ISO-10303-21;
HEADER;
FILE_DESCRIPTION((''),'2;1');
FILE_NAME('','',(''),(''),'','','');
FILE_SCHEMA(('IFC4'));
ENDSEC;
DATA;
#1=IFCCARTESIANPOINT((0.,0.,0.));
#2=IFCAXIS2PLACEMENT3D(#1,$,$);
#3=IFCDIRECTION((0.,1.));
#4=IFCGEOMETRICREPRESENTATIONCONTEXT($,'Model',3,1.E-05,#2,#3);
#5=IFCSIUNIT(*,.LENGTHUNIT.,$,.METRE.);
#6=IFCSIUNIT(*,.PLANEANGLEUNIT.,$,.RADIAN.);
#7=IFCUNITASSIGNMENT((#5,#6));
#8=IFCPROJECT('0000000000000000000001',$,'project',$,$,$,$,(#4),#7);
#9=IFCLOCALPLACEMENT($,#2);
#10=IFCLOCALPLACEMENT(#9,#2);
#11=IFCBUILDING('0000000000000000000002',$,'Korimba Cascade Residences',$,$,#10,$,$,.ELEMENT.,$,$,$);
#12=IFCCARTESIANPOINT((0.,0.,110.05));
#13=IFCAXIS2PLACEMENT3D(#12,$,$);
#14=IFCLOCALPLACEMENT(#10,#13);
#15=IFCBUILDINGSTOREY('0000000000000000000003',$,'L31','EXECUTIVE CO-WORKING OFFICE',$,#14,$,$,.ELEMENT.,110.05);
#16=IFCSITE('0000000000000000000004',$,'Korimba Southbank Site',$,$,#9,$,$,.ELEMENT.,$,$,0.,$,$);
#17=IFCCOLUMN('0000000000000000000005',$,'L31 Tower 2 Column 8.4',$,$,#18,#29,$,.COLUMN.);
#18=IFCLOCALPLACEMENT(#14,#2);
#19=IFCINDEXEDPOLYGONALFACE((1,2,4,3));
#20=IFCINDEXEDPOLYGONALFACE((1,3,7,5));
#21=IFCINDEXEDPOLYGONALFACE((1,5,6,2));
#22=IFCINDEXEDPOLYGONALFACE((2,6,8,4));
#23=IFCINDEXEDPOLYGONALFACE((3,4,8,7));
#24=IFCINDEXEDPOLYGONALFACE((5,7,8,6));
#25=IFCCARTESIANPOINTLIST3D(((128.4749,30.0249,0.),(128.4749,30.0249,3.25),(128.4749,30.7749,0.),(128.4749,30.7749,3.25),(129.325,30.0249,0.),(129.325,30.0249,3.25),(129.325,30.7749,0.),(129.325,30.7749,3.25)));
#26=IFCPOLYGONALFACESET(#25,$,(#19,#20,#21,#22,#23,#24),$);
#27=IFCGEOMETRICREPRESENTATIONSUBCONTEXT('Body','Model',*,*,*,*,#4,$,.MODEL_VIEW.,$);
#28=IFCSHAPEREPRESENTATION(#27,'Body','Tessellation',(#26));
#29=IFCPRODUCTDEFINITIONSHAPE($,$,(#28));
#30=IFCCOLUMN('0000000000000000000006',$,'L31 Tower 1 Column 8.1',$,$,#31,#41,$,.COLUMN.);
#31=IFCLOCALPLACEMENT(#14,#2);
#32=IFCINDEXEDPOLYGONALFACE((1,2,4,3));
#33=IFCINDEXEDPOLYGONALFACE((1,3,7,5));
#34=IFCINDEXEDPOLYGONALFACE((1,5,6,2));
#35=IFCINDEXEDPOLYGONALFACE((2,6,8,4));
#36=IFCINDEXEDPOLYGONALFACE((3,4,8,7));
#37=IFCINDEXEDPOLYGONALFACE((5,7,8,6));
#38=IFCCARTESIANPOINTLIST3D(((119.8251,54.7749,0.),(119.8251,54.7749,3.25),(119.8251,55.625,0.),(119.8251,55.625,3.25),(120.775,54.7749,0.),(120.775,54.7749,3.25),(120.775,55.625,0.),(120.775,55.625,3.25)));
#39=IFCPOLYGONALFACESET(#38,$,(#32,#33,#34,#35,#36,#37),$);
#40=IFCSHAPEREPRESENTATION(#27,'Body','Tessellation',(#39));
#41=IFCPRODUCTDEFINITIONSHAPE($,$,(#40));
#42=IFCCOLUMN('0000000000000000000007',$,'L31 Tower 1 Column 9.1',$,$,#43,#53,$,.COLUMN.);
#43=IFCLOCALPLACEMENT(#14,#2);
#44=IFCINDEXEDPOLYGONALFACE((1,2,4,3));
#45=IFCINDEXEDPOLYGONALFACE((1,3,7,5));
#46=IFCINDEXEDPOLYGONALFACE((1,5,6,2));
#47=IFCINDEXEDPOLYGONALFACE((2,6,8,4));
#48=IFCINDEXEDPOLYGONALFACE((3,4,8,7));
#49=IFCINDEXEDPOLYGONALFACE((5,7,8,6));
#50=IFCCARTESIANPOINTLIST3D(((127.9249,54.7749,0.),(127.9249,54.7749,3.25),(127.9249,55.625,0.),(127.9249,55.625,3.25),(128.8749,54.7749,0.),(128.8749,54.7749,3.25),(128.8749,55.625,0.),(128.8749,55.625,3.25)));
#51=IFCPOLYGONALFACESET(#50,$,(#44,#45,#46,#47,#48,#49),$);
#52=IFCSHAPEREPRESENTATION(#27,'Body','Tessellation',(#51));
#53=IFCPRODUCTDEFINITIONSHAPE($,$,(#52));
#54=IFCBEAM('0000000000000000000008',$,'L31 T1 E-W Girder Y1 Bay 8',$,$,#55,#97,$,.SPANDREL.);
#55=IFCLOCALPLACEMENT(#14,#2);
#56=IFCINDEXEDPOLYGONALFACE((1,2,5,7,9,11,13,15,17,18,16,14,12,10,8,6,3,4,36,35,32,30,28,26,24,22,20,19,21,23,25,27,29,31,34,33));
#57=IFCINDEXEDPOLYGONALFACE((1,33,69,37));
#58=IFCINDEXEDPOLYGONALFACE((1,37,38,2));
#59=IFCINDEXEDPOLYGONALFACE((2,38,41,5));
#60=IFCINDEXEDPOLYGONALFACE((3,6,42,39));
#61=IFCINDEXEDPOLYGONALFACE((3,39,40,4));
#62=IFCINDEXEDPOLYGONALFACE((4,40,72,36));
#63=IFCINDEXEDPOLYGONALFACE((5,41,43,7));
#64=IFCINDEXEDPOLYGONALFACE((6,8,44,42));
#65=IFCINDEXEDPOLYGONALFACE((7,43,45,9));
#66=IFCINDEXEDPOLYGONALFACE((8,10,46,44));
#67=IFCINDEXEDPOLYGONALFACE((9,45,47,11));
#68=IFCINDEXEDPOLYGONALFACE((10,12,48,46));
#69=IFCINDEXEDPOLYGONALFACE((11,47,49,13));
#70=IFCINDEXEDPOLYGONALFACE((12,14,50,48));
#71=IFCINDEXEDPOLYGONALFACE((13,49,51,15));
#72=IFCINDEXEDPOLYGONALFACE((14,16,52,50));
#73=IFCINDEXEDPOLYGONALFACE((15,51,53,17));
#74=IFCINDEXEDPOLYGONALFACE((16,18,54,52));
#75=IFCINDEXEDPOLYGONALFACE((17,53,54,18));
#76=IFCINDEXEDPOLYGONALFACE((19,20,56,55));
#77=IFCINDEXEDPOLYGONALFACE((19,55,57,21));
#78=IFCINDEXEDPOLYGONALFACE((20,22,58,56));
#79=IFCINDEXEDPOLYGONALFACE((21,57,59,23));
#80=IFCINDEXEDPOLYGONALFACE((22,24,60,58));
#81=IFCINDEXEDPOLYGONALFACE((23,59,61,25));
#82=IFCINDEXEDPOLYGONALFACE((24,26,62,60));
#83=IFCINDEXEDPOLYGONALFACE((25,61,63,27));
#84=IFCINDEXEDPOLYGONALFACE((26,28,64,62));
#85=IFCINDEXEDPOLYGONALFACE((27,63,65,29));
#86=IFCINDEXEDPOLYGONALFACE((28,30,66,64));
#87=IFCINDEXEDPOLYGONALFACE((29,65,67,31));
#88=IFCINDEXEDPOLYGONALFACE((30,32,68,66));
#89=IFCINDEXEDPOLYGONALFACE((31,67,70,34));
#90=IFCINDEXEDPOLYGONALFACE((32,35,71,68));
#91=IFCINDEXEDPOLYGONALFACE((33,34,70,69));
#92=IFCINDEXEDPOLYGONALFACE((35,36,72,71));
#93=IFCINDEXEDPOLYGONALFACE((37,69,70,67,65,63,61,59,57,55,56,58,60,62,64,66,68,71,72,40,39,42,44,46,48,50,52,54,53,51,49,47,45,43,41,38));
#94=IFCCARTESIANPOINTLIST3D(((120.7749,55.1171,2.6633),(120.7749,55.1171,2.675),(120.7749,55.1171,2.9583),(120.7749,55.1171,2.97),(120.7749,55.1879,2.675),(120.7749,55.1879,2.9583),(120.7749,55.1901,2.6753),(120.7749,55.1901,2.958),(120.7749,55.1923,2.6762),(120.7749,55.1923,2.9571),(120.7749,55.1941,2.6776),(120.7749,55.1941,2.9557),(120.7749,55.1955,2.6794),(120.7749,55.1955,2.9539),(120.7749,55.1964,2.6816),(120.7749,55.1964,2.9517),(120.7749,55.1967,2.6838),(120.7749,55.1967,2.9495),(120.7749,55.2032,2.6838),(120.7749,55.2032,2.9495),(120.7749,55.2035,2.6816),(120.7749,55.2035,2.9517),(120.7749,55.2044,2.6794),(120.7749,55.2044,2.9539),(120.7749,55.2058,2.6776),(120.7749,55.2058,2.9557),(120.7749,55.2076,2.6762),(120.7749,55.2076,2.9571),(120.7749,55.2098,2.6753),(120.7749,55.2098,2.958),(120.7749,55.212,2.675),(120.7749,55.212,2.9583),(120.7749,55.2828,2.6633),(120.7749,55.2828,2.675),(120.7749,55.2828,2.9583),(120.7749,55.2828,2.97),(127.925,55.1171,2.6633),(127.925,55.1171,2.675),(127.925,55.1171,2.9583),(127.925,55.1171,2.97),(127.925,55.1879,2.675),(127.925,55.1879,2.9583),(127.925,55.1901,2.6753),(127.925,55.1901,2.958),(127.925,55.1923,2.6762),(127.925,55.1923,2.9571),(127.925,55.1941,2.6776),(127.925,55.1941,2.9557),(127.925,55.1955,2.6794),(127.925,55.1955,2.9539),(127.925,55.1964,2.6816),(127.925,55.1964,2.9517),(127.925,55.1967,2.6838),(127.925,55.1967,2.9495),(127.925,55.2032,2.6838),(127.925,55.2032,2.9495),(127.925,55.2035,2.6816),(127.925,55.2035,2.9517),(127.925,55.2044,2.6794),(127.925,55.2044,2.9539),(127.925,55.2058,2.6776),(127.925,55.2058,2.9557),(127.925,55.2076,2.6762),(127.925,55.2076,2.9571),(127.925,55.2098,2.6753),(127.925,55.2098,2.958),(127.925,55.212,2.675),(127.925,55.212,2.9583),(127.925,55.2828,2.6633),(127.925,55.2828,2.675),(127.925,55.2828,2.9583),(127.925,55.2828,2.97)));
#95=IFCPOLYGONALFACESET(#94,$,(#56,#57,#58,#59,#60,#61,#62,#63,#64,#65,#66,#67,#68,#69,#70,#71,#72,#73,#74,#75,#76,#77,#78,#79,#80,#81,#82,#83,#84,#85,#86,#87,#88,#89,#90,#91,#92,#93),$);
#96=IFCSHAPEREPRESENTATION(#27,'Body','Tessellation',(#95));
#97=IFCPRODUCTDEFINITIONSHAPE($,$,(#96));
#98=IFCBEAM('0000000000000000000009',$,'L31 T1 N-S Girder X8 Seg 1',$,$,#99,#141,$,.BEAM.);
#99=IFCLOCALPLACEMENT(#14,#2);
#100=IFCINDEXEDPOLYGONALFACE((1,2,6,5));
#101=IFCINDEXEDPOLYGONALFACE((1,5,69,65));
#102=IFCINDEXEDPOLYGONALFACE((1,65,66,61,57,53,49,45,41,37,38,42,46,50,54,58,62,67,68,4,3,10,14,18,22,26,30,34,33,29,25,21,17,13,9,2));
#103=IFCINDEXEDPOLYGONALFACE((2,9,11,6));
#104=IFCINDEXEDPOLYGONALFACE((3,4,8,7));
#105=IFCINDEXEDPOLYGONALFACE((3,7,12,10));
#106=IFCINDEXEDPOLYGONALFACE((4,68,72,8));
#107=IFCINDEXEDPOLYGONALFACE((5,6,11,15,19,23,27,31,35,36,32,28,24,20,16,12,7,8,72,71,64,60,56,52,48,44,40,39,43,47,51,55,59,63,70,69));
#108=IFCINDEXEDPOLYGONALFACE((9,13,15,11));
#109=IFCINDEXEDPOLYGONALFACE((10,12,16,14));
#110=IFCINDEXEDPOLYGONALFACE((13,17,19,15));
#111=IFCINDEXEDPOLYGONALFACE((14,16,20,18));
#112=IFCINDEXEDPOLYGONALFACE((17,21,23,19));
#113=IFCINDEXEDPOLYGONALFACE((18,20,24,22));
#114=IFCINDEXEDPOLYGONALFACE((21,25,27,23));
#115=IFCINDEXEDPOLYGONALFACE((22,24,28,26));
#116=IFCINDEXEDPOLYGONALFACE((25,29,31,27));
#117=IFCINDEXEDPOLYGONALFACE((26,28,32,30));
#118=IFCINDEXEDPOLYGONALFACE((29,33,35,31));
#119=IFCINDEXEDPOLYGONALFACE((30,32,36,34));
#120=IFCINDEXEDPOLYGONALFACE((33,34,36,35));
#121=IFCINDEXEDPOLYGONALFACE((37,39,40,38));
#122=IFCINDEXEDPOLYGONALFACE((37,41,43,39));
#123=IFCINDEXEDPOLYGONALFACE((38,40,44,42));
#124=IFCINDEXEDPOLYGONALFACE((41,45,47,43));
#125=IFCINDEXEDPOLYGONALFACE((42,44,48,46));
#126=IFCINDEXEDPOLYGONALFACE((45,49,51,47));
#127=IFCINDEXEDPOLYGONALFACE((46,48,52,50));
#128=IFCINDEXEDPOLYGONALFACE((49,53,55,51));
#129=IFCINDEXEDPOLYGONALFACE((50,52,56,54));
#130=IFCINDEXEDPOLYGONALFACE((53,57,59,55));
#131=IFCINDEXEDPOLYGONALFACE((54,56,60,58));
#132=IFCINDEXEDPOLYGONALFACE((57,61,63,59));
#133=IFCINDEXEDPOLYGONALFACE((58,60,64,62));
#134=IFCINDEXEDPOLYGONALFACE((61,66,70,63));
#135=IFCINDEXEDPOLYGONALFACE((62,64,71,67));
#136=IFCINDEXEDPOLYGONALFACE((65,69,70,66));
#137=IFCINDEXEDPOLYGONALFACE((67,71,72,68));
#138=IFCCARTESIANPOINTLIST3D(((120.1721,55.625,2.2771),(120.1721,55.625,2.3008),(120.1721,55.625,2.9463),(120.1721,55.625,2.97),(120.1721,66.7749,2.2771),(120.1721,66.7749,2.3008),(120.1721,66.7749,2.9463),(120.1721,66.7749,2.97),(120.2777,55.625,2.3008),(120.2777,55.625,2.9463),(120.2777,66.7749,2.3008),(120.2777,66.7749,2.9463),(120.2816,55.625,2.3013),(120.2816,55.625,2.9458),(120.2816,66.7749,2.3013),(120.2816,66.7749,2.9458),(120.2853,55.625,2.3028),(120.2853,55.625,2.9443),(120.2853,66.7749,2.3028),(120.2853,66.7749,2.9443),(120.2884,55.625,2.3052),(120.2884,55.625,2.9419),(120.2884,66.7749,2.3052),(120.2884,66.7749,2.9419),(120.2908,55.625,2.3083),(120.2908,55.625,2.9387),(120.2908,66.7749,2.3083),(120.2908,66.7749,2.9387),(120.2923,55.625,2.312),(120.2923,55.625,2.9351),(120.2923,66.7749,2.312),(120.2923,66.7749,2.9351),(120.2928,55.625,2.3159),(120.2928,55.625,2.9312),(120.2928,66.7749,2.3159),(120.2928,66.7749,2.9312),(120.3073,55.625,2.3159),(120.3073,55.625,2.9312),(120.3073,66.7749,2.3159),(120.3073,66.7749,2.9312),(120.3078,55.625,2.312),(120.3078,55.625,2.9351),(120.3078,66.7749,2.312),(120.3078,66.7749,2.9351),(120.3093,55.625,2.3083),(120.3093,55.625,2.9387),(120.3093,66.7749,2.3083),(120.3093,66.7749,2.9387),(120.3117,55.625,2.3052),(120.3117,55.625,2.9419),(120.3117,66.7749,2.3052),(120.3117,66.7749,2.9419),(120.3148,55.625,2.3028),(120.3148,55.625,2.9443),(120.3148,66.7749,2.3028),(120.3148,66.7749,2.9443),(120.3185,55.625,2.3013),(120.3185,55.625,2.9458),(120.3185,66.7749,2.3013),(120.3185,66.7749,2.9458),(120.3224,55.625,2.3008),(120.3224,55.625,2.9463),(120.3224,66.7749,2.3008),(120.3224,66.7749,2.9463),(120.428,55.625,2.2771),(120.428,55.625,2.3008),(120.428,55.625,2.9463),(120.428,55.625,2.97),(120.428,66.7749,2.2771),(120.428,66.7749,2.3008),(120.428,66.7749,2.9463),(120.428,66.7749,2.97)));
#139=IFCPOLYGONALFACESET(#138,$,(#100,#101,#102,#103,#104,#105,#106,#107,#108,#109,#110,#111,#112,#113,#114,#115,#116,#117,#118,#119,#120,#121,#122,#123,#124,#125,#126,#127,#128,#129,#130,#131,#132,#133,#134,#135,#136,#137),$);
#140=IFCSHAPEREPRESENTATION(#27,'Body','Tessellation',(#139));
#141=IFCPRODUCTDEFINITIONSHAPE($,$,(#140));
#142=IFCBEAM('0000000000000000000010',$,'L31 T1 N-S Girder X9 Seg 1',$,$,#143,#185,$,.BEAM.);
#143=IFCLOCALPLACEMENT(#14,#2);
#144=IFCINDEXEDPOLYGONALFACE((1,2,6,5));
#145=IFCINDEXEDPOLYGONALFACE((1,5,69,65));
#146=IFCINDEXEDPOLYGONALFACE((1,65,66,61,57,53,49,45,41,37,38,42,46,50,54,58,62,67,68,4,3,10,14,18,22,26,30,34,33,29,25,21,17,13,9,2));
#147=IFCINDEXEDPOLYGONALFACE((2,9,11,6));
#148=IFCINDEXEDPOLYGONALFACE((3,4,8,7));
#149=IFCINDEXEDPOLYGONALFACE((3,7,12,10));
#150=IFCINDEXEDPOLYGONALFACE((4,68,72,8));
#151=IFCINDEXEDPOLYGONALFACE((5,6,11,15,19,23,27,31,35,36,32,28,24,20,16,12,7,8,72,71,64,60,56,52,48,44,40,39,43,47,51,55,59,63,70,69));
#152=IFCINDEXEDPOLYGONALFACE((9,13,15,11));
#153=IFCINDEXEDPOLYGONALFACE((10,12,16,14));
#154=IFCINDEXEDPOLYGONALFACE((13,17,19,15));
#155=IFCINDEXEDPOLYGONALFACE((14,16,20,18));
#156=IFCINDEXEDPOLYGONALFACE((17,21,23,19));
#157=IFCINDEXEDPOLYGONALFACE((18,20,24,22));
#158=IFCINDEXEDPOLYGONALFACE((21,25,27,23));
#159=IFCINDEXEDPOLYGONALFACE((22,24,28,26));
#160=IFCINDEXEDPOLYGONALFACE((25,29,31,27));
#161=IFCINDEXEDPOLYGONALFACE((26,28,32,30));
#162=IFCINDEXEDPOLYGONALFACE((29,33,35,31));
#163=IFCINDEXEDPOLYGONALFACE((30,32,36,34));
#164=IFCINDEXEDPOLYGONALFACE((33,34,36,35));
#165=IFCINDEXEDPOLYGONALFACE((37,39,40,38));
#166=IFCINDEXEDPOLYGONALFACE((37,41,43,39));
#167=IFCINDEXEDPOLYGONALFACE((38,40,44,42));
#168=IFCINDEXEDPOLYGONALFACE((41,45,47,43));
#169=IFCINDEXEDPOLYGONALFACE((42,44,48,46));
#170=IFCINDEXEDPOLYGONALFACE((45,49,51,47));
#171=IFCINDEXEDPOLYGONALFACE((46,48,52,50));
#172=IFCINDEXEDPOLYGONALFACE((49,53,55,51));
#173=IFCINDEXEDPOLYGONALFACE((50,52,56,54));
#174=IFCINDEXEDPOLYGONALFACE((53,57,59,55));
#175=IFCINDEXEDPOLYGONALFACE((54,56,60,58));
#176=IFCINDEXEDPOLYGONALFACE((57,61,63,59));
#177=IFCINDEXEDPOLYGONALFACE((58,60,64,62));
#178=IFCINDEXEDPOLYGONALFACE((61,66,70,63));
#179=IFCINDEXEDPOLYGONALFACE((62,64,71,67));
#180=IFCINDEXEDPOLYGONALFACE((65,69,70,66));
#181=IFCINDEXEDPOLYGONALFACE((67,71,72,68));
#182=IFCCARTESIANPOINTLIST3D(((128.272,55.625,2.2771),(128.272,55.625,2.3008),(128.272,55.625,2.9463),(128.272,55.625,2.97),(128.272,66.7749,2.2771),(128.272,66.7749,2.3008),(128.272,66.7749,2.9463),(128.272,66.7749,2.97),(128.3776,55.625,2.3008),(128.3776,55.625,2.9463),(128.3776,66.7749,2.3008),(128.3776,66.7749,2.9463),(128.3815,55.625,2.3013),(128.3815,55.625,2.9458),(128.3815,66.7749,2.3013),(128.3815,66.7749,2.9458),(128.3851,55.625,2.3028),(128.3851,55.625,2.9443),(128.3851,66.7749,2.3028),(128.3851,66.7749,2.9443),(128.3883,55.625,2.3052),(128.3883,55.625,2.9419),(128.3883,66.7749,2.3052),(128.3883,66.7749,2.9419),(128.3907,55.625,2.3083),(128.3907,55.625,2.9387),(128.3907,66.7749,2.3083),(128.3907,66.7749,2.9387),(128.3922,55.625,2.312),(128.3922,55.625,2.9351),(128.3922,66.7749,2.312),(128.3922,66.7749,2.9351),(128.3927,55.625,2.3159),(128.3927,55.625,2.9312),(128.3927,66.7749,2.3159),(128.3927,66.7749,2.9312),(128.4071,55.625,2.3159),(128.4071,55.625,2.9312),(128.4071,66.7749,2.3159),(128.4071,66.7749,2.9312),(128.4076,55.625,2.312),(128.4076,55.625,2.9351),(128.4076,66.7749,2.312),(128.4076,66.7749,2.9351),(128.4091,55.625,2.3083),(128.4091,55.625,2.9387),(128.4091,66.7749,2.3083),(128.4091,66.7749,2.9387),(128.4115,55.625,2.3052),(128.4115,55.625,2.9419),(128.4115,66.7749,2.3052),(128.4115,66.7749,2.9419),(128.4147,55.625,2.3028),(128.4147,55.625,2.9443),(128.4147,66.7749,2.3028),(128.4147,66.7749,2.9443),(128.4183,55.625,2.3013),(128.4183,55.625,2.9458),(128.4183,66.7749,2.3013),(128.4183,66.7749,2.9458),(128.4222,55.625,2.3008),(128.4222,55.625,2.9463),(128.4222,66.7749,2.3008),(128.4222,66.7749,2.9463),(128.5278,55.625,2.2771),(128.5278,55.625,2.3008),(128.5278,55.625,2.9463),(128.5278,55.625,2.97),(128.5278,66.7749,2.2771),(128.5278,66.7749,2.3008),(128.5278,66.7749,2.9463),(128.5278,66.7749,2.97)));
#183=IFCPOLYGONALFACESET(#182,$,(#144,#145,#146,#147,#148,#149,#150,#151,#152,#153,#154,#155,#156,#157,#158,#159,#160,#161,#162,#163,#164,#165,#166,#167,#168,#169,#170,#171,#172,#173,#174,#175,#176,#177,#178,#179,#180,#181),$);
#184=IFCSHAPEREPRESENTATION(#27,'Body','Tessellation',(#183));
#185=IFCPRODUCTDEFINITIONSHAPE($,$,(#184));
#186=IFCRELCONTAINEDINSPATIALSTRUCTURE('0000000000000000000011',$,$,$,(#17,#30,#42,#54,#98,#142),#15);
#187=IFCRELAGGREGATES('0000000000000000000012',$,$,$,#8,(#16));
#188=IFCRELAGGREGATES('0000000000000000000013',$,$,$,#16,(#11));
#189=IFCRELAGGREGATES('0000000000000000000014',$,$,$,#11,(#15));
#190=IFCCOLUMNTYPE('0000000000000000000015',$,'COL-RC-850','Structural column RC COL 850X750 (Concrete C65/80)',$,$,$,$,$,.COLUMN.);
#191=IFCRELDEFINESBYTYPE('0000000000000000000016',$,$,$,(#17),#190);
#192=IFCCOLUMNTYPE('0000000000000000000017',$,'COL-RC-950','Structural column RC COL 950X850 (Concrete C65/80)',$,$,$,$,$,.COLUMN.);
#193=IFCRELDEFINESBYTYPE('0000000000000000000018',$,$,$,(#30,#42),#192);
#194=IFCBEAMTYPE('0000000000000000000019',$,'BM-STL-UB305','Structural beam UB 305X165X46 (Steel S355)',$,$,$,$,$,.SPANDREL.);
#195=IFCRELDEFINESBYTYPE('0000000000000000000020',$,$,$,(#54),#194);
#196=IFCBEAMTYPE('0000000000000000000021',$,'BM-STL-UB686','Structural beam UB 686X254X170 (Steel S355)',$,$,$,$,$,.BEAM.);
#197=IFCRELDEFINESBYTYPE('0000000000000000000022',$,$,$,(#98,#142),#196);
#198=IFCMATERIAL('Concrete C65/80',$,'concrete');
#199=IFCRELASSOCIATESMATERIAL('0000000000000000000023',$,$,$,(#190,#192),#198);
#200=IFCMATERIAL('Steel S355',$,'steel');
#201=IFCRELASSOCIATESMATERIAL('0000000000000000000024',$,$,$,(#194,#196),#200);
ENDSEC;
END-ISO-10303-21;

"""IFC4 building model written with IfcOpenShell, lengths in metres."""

from ifc_helpers import new_model, si_unit, direction, frame, origin, origin_2d, place, context, subcontext, project, spatial, rectangle, i_section, extrude, material, material_profile, profile_set, type_object, element, save


model = new_model("IFC4")

# Units and contexts
model_context = context("Model", 3, precision=1e-05, world=origin(), true_north=direction((0.0, 1.0)))
body_context = subcontext(model_context, "Body", "Model", "MODEL_VIEW")
ifc_project = project(units=[si_unit("LENGTHUNIT", "METRE"), si_unit("PLANEANGLEUNIT", "RADIAN")], contexts=[model_context])

# Site, building, storey
site_placement = place(None, origin())
site = spatial("IfcSite", under=ifc_project, at=site_placement, Name="Korimba Southbank Site", CompositionType="ELEMENT", RefElevation=0.0)
building_placement = place(site_placement, origin())
building = spatial("IfcBuilding", under=site, at=building_placement, Name="Korimba Cascade Residences", CompositionType="ELEMENT")
storey_placement = place(building_placement, frame((0.0, 0.0, 110.05)))
storey = spatial("IfcBuildingStorey", under=building, at=storey_placement, Name="L31", Description="EXECUTIVE CO-WORKING OFFICE", CompositionType="ELEMENT", Elevation=110.05)

# Columns
ifc_material_1 = material(Name="Concrete C65/80", Category="concrete")
ifc_material_profile_1 = material_profile(ifc_material_1, rectangle(XDim=0.8501, YDim=0.75, at=origin_2d()), Name="Concrete C65/80")
ifc_profile_set_1 = profile_set([ifc_material_profile_1], Name="Concrete C65/80")
column_type_1 = type_object("IfcColumnType", Name="COL-RC-850", Description="Structural column RC COL 850X750 (Concrete C65/80)", PredefinedType="COLUMN", material=ifc_profile_set_1)
column_placement = place(storey_placement, frame((128.8999, 30.3999, 0.0), z_axis=(0.0, 0.0, 1.0), x_axis=(1.0, 0.0, 0.0)))
element("IfcColumn", 1, at=column_placement, inside=storey, type_object=column_type_1, Name="L31 Tower 2 Column 8.4", PredefinedType="COLUMN", context=body_context, shape_type="SweptSolid", body=[
    extrude(rectangle(XDim=0.8501, YDim=0.75, at=origin_2d()), origin(), (0.0, 0.0, 1.0), 3.25),
])
ifc_material_profile_2 = material_profile(ifc_material_1, rectangle(XDim=0.95, YDim=0.8501, at=origin_2d()), Name="Concrete C65/80")
ifc_profile_set_2 = profile_set([ifc_material_profile_2], Name="Concrete C65/80")
column_type_2 = type_object("IfcColumnType", Name="COL-RC-950", Description="Structural column RC COL 950X850 (Concrete C65/80)", PredefinedType="COLUMN", material=ifc_profile_set_2)
for number, where, z_axis, x_axis, name in (
    (2, (120.3, 55.2, 0.0), (0.0, 0.0, 1.0), (1.0, 0.0, 0.0), "L31 Tower 1 Column 8.1"),
    (3, (128.3999, 55.2, 0.0), (0.0, 0.0, 1.0), (1.0, 0.0, 0.0), "L31 Tower 1 Column 9.1"),
):
    element("IfcColumn", number, at=place(storey_placement, frame(where, z_axis=z_axis, x_axis=x_axis)), inside=storey, type_object=column_type_2, Name=name, PredefinedType="COLUMN", context=body_context, shape_type="SweptSolid", body=[
        extrude(rectangle(XDim=0.95, YDim=0.8501, at=origin_2d()), origin(), (0.0, 0.0, 1.0), 3.25),
    ])

# Beams
ifc_material_2 = material(Name="Steel S355", Category="steel")
ifc_material_profile_3 = material_profile(ifc_material_2, i_section(OverallWidth=0.1658, OverallDepth=0.3066, WebThickness=0.0066, FlangeThickness=0.0117, FilletRadius=0.0088, at=origin_2d()), Name="Steel S355")
ifc_profile_set_3 = profile_set([ifc_material_profile_3], Name="Steel S355")
beam_type_1 = type_object("IfcBeamType", Name="BM-STL-UB305", Description="Structural beam UB 305X165X46 (Steel S355)", PredefinedType="SPANDREL", material=ifc_profile_set_3)
beam_placement = place(storey_placement, frame((120.7749, 55.2, 2.8167), z_axis=(1.0, 0.0, 0.0), x_axis=(0.0, 1.0, 0.0)))
element("IfcBeam", 4, at=beam_placement, inside=storey, type_object=beam_type_1, Name="L31 T1 E-W Girder Y1 Bay 8", PredefinedType="SPANDREL", context=body_context, shape_type="SweptSolid", body=[
    extrude(i_section(OverallWidth=0.1658, OverallDepth=0.3066, WebThickness=0.0066, FlangeThickness=0.0117, FilletRadius=0.0088, at=origin_2d()), origin(), (0.0, 0.0, 1.0), 7.1501),
])
ifc_material_profile_4 = material_profile(ifc_material_2, i_section(OverallWidth=0.2559, OverallDepth=0.6929, WebThickness=0.0144, FlangeThickness=0.0237, FilletRadius=0.0151, at=origin_2d()), Name="Steel S355")
ifc_profile_set_4 = profile_set([ifc_material_profile_4], Name="Steel S355")
beam_type_2 = type_object("IfcBeamType", Name="BM-STL-UB686", Description="Structural beam UB 686X254X170 (Steel S355)", PredefinedType="BEAM", material=ifc_profile_set_4)
for number, where, z_axis, x_axis, name in (
    (5, (120.3, 55.625, 2.6235), (0.0, 1.0, 0.0), (-1.0, 0.0, 0.0), "L31 T1 N-S Girder X8 Seg 1"),
    (6, (128.3999, 55.625, 2.6235), (0.0, 1.0, 0.0), (-1.0, 0.0, 0.0), "L31 T1 N-S Girder X9 Seg 1"),
):
    element("IfcBeam", number, at=place(storey_placement, frame(where, z_axis=z_axis, x_axis=x_axis)), inside=storey, type_object=beam_type_2, Name=name, PredefinedType="BEAM", context=body_context, shape_type="SweptSolid", body=[
        extrude(i_section(OverallWidth=0.2559, OverallDepth=0.6929, WebThickness=0.0144, FlangeThickness=0.0237, FilletRadius=0.0151, at=origin_2d()), origin(), (0.0, 0.0, 1.0), 11.1499),
    ])

save(model, "model.ifc")
